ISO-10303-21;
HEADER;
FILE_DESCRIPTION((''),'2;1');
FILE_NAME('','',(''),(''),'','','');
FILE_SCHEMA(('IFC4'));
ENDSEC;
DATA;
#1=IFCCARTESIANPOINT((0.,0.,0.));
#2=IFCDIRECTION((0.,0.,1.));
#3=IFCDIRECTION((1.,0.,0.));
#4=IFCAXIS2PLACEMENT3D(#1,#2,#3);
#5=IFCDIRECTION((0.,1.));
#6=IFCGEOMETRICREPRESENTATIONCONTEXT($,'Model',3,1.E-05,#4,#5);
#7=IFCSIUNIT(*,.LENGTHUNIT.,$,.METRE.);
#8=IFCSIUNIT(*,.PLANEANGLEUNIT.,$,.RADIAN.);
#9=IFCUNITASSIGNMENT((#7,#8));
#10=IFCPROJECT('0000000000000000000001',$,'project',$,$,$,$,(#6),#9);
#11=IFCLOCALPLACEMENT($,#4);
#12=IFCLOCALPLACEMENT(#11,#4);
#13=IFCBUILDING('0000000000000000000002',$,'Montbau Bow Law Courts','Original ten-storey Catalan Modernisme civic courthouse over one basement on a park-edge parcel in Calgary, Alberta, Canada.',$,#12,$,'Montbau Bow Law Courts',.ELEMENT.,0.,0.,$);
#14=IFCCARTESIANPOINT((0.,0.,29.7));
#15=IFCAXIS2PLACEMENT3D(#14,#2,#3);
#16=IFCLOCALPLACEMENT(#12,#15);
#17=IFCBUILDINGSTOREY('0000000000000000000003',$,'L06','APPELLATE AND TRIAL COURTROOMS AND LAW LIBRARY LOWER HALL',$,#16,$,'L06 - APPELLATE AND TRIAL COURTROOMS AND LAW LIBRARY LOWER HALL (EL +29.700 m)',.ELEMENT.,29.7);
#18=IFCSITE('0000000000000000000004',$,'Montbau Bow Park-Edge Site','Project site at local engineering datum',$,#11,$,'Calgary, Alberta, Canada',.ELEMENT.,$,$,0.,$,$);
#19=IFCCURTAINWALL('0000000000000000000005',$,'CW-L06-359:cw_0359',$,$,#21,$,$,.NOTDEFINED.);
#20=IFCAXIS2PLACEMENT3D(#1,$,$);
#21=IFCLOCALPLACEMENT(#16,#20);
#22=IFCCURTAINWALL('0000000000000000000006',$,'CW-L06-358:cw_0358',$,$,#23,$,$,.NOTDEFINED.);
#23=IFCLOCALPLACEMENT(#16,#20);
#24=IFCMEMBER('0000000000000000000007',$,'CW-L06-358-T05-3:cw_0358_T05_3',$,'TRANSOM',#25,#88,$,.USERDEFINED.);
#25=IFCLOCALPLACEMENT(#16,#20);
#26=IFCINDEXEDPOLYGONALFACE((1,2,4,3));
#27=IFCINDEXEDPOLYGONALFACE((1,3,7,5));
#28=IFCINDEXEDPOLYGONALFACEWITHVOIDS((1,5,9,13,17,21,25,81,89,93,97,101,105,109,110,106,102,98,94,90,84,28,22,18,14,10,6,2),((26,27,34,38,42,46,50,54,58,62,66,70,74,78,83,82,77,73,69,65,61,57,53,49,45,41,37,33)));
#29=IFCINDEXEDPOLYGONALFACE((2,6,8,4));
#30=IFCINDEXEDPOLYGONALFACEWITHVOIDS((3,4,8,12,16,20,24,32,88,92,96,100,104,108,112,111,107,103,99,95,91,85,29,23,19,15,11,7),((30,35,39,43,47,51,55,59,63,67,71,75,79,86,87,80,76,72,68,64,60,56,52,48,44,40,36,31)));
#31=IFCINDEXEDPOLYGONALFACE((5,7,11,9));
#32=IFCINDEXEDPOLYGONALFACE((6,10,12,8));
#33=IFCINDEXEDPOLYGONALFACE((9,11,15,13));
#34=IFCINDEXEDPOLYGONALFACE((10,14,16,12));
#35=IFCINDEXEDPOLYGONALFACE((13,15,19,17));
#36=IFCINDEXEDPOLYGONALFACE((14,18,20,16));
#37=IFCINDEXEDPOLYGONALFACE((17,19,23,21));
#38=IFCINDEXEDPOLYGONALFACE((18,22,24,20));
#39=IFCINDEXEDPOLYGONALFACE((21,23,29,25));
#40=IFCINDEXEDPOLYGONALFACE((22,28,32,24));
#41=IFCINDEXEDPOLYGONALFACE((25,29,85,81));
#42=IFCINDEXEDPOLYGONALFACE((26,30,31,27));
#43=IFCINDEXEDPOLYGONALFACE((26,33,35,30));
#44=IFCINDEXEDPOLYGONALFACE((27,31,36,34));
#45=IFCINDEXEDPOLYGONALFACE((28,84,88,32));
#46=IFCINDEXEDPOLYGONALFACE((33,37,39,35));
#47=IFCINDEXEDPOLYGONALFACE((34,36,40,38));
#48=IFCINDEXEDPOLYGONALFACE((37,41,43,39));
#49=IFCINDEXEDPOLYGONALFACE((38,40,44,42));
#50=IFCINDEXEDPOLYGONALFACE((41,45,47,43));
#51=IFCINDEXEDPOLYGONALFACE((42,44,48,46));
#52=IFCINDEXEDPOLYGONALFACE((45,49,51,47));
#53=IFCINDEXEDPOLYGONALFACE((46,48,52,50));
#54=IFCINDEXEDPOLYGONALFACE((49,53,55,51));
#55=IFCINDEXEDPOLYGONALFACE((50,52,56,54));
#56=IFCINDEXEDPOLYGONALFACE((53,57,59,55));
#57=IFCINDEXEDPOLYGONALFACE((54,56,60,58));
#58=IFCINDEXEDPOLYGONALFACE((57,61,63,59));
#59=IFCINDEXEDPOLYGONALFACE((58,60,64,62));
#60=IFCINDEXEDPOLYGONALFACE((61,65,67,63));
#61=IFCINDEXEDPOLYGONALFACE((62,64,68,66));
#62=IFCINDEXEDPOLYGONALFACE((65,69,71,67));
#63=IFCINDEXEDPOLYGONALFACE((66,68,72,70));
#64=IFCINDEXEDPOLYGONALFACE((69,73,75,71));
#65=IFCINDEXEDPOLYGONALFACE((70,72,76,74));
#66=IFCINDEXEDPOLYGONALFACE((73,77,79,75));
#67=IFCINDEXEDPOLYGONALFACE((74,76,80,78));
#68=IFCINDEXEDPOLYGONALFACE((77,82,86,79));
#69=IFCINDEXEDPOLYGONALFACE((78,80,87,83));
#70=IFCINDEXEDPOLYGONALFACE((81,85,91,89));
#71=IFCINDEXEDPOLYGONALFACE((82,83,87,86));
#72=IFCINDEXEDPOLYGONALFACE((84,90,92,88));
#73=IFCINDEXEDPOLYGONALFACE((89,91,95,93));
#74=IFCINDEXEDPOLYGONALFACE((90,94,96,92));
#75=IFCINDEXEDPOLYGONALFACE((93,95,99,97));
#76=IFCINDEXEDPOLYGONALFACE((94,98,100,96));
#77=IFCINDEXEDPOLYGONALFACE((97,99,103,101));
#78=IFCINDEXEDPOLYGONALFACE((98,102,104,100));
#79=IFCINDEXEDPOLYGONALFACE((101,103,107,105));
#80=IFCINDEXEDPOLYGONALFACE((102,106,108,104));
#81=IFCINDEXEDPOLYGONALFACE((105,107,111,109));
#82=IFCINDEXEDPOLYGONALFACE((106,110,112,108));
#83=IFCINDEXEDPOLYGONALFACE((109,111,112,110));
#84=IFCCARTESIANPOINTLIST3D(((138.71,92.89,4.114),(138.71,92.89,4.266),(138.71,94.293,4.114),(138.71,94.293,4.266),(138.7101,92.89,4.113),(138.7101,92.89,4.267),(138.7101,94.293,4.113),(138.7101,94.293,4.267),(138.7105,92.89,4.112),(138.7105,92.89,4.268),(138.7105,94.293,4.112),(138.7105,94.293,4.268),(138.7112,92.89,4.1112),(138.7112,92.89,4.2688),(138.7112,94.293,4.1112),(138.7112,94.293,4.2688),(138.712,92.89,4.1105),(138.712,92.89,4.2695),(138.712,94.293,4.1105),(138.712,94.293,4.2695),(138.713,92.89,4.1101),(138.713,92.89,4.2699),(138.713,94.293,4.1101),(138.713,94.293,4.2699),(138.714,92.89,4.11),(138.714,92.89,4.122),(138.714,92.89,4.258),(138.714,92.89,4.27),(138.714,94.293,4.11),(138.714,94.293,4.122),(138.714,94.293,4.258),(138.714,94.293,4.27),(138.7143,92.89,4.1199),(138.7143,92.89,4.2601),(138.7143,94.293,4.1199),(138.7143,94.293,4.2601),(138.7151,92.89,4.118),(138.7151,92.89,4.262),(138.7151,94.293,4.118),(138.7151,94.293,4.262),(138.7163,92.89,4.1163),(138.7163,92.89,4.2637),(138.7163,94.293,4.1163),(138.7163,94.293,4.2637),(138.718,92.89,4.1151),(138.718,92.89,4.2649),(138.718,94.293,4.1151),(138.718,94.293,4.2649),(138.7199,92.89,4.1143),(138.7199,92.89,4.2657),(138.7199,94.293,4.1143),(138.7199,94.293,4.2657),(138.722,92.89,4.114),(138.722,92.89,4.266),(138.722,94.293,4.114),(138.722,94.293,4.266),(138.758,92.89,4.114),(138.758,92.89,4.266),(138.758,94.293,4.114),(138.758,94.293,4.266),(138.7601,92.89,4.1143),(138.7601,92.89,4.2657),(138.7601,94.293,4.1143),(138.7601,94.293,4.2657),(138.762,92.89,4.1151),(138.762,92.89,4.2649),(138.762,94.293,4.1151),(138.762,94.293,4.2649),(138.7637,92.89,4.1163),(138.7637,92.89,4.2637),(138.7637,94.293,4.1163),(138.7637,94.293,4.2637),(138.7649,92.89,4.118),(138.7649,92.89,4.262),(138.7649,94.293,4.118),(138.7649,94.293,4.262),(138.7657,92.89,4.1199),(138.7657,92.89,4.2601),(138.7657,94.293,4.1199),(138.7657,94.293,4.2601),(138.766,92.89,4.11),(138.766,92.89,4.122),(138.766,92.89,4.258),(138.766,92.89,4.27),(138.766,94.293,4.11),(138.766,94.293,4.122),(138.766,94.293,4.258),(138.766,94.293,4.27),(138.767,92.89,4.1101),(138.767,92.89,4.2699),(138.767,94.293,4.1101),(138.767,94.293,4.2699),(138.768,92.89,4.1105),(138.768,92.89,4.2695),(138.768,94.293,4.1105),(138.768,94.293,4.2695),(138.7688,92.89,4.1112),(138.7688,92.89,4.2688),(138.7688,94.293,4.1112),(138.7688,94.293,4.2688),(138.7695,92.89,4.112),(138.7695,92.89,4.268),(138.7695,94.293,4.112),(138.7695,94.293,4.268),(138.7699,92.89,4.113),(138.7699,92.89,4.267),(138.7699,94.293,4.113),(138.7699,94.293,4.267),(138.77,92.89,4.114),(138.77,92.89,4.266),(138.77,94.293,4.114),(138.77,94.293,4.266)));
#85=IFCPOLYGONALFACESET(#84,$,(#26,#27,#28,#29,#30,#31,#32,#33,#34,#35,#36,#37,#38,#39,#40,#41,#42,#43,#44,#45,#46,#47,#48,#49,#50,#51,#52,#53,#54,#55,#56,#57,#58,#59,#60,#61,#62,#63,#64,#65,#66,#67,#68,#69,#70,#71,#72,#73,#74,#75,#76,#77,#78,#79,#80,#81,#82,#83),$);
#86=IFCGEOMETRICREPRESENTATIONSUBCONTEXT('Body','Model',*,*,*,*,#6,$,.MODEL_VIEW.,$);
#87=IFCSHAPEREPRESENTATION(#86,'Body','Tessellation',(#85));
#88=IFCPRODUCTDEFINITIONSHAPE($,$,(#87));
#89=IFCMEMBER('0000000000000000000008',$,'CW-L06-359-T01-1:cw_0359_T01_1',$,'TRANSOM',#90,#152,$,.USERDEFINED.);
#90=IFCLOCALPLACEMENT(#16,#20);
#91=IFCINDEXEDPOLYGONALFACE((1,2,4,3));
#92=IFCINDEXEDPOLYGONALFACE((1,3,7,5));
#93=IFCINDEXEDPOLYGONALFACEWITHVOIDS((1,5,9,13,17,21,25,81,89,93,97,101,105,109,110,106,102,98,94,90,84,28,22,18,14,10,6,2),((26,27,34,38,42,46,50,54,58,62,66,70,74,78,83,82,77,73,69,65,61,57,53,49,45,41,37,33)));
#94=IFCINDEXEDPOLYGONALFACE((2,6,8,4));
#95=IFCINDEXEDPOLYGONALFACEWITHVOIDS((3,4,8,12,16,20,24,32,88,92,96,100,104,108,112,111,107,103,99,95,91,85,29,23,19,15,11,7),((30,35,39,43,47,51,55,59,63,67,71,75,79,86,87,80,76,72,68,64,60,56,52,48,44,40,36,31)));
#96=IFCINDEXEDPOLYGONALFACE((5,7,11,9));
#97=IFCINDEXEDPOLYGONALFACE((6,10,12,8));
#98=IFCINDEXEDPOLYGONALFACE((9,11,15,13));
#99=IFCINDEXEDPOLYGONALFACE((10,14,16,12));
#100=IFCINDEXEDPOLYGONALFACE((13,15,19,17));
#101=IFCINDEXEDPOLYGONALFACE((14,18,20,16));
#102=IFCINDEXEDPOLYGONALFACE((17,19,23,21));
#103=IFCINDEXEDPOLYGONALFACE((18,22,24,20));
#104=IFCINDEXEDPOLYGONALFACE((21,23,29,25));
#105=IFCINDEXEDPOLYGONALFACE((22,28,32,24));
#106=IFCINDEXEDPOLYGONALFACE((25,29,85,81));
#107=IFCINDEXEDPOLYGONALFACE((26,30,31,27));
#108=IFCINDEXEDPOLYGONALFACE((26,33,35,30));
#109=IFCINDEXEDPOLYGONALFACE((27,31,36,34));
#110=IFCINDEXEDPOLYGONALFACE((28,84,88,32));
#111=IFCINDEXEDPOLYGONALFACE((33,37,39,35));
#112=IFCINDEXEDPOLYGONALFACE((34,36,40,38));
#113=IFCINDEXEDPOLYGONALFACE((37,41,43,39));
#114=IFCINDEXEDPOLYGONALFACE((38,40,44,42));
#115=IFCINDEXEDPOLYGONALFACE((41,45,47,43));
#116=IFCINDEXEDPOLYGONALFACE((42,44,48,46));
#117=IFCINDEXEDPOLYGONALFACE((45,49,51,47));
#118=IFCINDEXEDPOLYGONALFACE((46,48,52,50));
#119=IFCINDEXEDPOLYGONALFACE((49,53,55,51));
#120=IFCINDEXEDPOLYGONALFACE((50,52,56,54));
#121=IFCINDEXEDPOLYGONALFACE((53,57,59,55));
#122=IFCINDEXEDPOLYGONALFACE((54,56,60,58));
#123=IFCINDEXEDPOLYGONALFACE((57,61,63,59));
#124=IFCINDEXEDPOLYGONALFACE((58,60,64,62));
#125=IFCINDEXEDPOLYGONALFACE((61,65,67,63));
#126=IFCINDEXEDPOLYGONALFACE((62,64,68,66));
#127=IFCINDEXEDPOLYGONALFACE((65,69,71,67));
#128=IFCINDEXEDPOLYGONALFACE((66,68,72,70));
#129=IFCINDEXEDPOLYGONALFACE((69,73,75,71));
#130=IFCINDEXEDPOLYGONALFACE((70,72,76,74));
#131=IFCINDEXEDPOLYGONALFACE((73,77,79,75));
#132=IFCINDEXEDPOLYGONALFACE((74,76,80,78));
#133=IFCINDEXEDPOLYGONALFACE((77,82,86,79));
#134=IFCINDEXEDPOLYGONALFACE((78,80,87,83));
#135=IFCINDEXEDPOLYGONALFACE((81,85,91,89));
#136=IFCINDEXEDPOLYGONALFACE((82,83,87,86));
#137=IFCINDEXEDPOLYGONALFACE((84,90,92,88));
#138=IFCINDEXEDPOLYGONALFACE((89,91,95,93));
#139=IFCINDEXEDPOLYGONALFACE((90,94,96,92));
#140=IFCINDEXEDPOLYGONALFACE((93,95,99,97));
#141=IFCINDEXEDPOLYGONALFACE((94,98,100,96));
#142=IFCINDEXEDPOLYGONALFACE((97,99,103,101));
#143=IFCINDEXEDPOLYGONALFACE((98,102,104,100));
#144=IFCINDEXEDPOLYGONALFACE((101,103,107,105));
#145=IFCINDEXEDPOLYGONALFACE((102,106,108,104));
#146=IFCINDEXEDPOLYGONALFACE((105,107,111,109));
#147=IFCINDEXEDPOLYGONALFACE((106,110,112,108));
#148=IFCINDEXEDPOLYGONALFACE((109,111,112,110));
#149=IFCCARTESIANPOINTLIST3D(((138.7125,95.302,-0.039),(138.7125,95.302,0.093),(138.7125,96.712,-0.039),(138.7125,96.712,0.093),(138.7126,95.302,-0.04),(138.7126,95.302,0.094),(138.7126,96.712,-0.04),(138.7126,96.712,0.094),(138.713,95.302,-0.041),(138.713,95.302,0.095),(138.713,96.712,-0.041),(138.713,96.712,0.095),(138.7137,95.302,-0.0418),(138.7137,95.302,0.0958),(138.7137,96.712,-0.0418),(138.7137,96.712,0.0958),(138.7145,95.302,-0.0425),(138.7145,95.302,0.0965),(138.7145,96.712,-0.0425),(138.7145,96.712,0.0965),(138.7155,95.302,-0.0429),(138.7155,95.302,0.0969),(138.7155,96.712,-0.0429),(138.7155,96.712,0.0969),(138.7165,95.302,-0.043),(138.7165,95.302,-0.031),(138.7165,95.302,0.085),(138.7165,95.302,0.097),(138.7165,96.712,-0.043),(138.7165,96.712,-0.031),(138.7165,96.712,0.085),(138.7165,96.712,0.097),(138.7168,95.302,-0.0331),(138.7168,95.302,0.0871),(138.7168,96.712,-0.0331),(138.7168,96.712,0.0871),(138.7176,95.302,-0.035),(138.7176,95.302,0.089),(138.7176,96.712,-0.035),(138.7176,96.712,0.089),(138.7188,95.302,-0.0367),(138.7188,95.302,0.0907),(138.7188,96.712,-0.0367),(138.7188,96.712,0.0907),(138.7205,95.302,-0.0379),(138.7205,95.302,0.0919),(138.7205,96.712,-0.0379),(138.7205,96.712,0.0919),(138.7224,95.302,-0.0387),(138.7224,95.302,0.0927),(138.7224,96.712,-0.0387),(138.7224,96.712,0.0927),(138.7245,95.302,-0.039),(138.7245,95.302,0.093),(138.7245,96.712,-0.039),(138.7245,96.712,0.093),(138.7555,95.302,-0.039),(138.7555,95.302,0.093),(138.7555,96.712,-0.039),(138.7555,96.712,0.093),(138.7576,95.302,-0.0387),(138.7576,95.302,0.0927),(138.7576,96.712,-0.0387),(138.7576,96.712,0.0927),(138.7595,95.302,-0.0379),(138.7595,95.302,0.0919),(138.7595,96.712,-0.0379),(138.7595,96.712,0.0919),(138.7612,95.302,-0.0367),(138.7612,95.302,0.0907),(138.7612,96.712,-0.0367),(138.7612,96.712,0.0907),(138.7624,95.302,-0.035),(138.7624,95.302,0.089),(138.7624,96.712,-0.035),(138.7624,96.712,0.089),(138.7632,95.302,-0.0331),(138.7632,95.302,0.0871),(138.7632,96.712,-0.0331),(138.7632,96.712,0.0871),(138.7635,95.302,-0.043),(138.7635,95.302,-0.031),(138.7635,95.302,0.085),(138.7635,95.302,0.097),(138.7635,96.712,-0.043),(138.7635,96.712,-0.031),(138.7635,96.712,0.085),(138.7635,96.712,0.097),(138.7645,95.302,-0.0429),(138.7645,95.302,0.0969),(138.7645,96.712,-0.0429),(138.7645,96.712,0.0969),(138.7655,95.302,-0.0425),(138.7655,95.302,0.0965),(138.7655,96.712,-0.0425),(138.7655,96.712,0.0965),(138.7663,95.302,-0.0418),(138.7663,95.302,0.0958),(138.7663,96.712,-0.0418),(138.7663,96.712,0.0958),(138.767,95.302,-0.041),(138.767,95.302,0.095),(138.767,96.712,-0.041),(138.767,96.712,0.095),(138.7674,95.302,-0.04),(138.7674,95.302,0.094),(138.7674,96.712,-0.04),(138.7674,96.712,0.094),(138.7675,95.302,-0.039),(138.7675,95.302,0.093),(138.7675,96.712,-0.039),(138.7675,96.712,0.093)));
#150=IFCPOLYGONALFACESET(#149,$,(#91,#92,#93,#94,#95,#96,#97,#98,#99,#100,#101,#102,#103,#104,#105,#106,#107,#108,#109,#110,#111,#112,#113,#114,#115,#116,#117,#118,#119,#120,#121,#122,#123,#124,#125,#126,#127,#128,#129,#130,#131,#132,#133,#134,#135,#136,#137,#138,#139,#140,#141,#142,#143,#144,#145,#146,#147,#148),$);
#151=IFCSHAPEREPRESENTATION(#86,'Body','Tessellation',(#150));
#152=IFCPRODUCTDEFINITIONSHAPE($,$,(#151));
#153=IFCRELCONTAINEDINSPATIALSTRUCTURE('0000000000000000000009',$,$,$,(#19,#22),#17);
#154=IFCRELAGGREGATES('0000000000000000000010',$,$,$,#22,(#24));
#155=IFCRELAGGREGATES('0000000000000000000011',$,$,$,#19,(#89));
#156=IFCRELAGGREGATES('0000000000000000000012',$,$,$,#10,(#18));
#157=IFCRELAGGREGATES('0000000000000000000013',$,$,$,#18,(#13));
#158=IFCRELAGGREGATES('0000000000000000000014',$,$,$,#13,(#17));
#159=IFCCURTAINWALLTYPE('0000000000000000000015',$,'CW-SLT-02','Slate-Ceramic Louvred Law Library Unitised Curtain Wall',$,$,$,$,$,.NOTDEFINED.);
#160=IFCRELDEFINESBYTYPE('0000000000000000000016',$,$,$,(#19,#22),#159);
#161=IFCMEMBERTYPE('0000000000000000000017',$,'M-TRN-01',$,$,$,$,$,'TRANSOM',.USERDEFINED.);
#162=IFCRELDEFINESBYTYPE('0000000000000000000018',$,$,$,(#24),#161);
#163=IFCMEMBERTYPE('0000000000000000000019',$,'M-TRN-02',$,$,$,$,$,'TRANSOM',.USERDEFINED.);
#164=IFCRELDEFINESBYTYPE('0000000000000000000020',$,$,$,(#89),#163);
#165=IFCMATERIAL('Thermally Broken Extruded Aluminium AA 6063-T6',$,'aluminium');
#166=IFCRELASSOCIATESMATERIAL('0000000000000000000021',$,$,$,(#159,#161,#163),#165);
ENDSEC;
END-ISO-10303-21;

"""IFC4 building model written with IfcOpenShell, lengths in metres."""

from ifc_helpers import new_model, si_unit, direction, frame, origin_with_axes, origin_2d_with_axis, place, context, subcontext, project, spatial, hollow_rectangle, extrude, material, material_profile, profile_set, type_object, element, aggregate, save


model = new_model("IFC4")

# Units and contexts
model_context = context("Model", 3, precision=1e-05, world=origin_with_axes(), true_north=direction((0.0, 1.0)))
body_context = subcontext(model_context, "Body", "Model", "MODEL_VIEW")
ifc_project = project(units=[si_unit("LENGTHUNIT", "METRE"), si_unit("PLANEANGLEUNIT", "RADIAN")], contexts=[model_context])

# Site, building, storey
site_placement = place(None, origin_with_axes())
site = spatial("IfcSite", under=ifc_project, at=site_placement, Name="Montbau Bow Park-Edge Site", Description="Project site at local engineering datum", LongName="Calgary, Alberta, Canada", CompositionType="ELEMENT", RefElevation=0.0)
building_placement = place(site_placement, origin_with_axes())
building = spatial("IfcBuilding", under=site, at=building_placement, Name="Montbau Bow Law Courts", Description="Original ten-storey Catalan Modernisme civic courthouse over one basement on a park-edge parcel in Calgary, Alberta, Canada.", LongName="Montbau Bow Law Courts", CompositionType="ELEMENT", ElevationOfRefHeight=0.0, ElevationOfTerrain=0.0)
storey_placement = place(building_placement, frame((0.0, 0.0, 29.7), z_axis=(0.0, 0.0, 1.0), x_axis=(1.0, 0.0, 0.0)))
storey = spatial("IfcBuildingStorey", under=building, at=storey_placement, Name="L06", Description="APPELLATE AND TRIAL COURTROOMS AND LAW LIBRARY LOWER HALL", LongName="L06 - APPELLATE AND TRIAL COURTROOMS AND LAW LIBRARY LOWER HALL (EL +29.700 m)", CompositionType="ELEMENT", Elevation=29.7)

# Curtain wall
ifc_material_1 = material(Name="Thermally Broken Extruded Aluminium AA 6063-T6", Category="aluminium")
curtain_wall_type = type_object("IfcCurtainWallType", Name="CW-SLT-02", Description="Slate-Ceramic Louvred Law Library Unitised Curtain Wall", PredefinedType="NOTDEFINED", material=ifc_material_1)
curtain_wall_1_placement = place(None, frame((138.74, 95.24, 29.7), z_axis=(0.0, 0.0, 1.0), x_axis=(1.0, 0.0, 0.0)))
curtain_wall_1 = element("IfcCurtainWall", 1, at=curtain_wall_1_placement, inside=storey, type_object=curtain_wall_type, Name="CW-L06-359:cw_0359", PredefinedType="NOTDEFINED")

# Curtain wall, member
curtain_wall_2_placement = place(None, frame((138.74, 86.84, 29.7), z_axis=(0.0, 0.0, 1.0), x_axis=(1.0, 0.0, 0.0)))
curtain_wall_2 = element("IfcCurtainWall", 2, at=curtain_wall_2_placement, inside=storey, type_object=curtain_wall_type, Name="CW-L06-358:cw_0358", PredefinedType="NOTDEFINED")
ifc_material_profile_1 = material_profile(ifc_material_1, hollow_rectangle(XDim=0.06, YDim=0.16, WallThickness=0.004, InnerFilletRadius=0.008, OuterFilletRadius=0.004, at=origin_2d_with_axis()), Name="CWT-160X60", Category="Main", Priority=0)
ifc_profile_set_1 = profile_set([ifc_material_profile_1], Name="Thermally Broken Extruded Aluminium AA 6063-T6")
member_type_1 = type_object("IfcMemberType", Name="M-TRN-01", ElementType="TRANSOM", PredefinedType="USERDEFINED", material=ifc_profile_set_1)
member_1_placement = place(None, frame((138.74, 92.89, 33.89), z_axis=(0.0, 1.0, 0.0), x_axis=(-1.0, 0.0, 0.0)))
member_1 = element("IfcMember", 3, at=member_1_placement, type_object=member_type_1, Name="CW-L06-358-T05-3:cw_0358_T05_3", ObjectType="TRANSOM", PredefinedType="USERDEFINED", context=body_context, shape_type="SweptSolid", body=[
    extrude(hollow_rectangle(XDim=0.06, YDim=0.16, WallThickness=0.004, InnerFilletRadius=0.008, OuterFilletRadius=0.004, at=origin_2d_with_axis()), origin_with_axes(), (0.0, 0.0, 1.0), 1.403),
])
aggregate(curtain_wall_2, [member_1])

# Member
ifc_material_profile_2 = material_profile(ifc_material_1, hollow_rectangle(XDim=0.055, YDim=0.14, WallThickness=0.004, InnerFilletRadius=0.008, OuterFilletRadius=0.004, at=origin_2d_with_axis()), Name="CWT-140X55", Category="Main", Priority=0)
ifc_profile_set_2 = profile_set([ifc_material_profile_2], Name="Thermally Broken Extruded Aluminium AA 6063-T6")
member_type_2 = type_object("IfcMemberType", Name="M-TRN-02", ElementType="TRANSOM", PredefinedType="USERDEFINED", material=ifc_profile_set_2)
member_2_placement = place(None, frame((138.74, 95.302, 29.727), z_axis=(0.0, 1.0, 0.0), x_axis=(-1.0, 0.0, 0.0)))
member_2 = element("IfcMember", 4, at=member_2_placement, type_object=member_type_2, Name="CW-L06-359-T01-1:cw_0359_T01_1", ObjectType="TRANSOM", PredefinedType="USERDEFINED", context=body_context, shape_type="SweptSolid", body=[
    extrude(hollow_rectangle(XDim=0.055, YDim=0.14, WallThickness=0.004, InnerFilletRadius=0.008, OuterFilletRadius=0.004, at=origin_2d_with_axis()), origin_with_axes(), (0.0, 0.0, 1.0), 1.41),
])

aggregate(curtain_wall_1, [member_2])

save(model, "model.ifc")
